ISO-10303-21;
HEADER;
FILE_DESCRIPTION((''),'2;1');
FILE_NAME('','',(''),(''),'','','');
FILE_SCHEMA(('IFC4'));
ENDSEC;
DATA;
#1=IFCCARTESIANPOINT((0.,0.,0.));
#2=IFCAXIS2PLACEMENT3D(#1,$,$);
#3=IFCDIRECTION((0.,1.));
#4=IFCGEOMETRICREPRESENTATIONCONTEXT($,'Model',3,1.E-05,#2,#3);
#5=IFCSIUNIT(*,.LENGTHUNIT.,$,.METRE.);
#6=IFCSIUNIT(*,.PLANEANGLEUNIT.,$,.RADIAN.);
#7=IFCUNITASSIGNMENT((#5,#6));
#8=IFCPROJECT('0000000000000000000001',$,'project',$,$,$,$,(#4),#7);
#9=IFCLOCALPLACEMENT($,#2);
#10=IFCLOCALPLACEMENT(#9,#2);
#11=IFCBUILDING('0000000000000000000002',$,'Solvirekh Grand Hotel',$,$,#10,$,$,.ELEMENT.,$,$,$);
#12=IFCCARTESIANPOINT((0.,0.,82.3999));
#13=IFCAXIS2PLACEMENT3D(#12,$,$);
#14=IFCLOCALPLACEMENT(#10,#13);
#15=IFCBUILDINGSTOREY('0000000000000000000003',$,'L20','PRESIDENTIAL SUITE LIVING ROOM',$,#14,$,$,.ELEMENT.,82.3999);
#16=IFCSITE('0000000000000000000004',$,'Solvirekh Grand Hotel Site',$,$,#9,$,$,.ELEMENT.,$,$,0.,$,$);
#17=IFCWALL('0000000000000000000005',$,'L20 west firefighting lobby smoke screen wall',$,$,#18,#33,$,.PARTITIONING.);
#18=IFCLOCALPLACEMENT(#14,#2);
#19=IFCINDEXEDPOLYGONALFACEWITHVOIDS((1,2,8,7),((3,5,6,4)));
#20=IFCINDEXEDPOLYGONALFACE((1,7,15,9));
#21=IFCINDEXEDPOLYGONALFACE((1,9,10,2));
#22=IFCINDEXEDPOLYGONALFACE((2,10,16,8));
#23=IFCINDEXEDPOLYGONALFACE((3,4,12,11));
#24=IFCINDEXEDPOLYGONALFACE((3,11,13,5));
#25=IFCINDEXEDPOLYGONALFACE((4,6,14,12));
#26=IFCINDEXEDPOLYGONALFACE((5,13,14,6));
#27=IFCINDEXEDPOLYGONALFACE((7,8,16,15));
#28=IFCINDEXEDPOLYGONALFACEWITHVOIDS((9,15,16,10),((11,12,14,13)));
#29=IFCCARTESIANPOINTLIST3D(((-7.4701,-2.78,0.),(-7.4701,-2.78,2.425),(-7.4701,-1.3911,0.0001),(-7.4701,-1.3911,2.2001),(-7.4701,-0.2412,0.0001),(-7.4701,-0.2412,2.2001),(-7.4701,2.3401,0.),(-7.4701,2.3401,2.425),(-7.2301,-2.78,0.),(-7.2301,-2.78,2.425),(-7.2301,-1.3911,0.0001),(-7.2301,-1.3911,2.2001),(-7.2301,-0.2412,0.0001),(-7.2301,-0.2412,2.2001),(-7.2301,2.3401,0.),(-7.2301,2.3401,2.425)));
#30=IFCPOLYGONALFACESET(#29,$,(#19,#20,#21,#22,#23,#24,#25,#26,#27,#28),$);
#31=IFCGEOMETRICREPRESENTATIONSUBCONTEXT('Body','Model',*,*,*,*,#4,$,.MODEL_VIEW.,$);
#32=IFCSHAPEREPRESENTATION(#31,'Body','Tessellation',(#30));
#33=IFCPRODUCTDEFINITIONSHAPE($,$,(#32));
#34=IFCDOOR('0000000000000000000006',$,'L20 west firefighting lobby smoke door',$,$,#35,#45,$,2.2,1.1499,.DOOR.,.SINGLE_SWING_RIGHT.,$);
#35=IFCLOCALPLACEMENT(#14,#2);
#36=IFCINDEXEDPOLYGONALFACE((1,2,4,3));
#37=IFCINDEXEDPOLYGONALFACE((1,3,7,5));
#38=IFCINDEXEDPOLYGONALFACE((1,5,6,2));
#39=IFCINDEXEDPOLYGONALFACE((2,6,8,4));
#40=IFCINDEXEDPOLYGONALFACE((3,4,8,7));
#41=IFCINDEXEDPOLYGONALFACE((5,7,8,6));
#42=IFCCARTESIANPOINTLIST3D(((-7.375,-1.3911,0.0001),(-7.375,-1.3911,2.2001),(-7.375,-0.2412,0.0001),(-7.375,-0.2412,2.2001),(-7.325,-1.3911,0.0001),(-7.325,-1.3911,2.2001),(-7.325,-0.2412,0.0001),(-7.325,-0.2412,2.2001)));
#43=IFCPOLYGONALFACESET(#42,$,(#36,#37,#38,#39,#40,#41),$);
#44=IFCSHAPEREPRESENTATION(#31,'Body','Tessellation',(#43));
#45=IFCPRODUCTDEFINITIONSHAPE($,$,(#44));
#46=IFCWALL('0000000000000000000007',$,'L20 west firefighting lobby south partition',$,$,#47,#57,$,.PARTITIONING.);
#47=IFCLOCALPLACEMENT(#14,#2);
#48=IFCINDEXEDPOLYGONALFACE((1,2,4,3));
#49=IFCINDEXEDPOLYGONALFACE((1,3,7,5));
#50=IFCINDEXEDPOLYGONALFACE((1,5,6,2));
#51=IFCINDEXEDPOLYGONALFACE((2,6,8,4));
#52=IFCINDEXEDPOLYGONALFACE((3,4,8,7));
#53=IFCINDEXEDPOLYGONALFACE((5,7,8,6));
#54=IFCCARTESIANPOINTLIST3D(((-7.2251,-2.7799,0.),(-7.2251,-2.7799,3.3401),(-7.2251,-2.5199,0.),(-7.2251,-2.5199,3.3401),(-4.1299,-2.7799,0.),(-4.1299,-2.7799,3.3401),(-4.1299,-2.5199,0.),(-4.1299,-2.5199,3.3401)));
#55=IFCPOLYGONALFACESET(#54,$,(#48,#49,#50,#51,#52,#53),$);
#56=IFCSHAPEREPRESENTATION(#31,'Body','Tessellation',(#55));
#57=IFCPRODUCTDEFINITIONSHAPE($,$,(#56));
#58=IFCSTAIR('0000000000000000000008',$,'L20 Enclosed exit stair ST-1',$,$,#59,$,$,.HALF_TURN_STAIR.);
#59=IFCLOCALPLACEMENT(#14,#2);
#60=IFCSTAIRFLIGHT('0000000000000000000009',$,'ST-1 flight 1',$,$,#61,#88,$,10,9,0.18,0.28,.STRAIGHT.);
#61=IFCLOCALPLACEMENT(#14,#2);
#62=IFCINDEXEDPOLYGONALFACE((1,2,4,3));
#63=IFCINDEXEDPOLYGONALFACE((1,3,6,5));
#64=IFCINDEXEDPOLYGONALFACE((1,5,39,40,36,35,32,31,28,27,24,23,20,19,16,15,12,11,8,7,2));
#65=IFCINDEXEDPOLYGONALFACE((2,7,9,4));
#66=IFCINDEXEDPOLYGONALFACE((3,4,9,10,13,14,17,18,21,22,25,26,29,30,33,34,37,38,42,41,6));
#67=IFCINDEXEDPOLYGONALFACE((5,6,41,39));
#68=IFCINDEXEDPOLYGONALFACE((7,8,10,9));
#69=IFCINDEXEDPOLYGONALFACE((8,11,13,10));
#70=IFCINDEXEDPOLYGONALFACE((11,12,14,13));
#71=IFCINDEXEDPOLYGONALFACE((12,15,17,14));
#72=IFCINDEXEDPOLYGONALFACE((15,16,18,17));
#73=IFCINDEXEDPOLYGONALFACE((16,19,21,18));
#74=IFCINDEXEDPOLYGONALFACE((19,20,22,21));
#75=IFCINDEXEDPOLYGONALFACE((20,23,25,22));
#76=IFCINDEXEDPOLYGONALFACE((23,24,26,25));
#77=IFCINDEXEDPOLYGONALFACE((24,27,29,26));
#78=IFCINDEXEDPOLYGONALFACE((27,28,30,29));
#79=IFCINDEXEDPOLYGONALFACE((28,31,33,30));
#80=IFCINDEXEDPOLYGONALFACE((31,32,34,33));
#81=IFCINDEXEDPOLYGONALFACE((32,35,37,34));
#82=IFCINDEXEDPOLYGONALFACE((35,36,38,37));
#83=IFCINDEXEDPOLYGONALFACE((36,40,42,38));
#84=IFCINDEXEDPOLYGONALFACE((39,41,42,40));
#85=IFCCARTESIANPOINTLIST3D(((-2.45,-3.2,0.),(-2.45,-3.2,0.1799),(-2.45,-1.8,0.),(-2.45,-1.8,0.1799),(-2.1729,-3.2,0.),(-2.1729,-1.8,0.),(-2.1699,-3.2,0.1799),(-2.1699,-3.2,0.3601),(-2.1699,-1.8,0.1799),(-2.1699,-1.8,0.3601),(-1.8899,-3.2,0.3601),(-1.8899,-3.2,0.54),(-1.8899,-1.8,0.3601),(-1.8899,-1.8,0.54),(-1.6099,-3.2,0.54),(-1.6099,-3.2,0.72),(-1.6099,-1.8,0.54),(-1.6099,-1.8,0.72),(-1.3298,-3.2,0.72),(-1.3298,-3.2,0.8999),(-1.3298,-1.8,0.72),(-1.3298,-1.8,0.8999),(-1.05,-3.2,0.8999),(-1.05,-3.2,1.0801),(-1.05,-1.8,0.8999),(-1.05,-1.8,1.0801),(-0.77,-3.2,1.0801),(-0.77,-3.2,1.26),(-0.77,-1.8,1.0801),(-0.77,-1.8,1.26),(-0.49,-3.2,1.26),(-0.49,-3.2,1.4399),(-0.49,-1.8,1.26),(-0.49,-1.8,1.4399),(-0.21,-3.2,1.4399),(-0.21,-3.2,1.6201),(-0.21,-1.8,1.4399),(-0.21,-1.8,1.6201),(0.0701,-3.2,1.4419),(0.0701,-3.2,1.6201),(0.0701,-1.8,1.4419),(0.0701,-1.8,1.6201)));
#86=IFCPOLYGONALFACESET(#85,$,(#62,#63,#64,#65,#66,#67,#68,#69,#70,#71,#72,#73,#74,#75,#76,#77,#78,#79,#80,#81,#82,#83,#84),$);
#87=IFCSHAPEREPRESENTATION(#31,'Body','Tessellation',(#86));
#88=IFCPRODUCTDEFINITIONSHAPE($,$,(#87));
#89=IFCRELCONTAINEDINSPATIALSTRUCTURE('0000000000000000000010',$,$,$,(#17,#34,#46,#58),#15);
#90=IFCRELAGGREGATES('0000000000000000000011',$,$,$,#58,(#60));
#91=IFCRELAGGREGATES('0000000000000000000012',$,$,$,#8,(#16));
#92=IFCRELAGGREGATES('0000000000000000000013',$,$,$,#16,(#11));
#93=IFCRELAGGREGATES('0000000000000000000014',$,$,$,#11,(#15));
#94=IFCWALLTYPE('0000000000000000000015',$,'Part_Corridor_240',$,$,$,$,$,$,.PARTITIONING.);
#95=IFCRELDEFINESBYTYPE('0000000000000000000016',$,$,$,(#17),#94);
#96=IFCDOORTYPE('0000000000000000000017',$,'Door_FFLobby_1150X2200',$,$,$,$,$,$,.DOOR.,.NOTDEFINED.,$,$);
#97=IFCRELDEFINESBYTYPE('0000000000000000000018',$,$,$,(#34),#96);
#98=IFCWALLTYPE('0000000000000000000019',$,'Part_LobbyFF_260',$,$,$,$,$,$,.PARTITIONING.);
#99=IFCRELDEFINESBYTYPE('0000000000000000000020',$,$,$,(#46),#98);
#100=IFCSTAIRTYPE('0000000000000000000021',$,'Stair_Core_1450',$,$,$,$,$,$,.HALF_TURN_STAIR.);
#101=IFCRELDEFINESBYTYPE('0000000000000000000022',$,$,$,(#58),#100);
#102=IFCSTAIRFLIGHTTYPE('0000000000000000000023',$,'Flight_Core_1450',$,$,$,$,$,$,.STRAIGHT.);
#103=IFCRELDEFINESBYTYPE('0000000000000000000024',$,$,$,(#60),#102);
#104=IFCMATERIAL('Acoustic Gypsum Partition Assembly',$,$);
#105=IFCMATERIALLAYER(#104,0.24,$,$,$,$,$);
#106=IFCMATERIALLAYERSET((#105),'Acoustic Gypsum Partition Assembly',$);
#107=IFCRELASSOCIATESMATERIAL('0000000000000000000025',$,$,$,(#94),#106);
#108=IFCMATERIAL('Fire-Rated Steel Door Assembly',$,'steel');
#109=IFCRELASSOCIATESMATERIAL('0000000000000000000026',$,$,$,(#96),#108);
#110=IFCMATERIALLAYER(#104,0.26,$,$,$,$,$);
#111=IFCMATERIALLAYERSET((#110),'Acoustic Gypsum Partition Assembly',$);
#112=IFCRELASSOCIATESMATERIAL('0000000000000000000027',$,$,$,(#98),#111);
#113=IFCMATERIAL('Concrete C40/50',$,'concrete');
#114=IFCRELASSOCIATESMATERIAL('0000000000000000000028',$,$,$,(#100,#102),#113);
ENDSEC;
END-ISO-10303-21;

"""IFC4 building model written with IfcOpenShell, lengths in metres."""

from ifc_helpers import new_model, si_unit, direction, frame, frame_2d, origin, place, context, subcontext, project, spatial, polyline, rectangle, outline, extrude, material, layer, layer_set, type_object, element, fill, aggregate, save


model = new_model("IFC4")

# Units and contexts
model_context = context("Model", 3, precision=1e-05, world=origin(), true_north=direction((0.0, 1.0)))
body_context = subcontext(model_context, "Body", "Model", "MODEL_VIEW")
ifc_project = project(units=[si_unit("LENGTHUNIT", "METRE"), si_unit("PLANEANGLEUNIT", "RADIAN")], contexts=[model_context])

# Site, building, storey
site_placement = place(None, origin())
site = spatial("IfcSite", under=ifc_project, at=site_placement, Name="Solvirekh Grand Hotel Site", CompositionType="ELEMENT", RefElevation=0.0)
building_placement = place(site_placement, origin())
building = spatial("IfcBuilding", under=site, at=building_placement, Name="Solvirekh Grand Hotel", CompositionType="ELEMENT")
storey_placement = place(building_placement, frame((0.0, 0.0, 82.3999)))
storey = spatial("IfcBuildingStorey", under=building, at=storey_placement, Name="L20", Description="PRESIDENTIAL SUITE LIVING ROOM", CompositionType="ELEMENT", Elevation=82.3999)

# Shared definitions
ifc_material_1 = material(Name="Concrete C40/50", Category="concrete")

# Shared definitions
ifc_material_2 = material(Name="Fire-Rated Steel Door Assembly", Category="steel")

# Shared definitions
ifc_material_3 = material(Name="Acoustic Gypsum Partition Assembly")

# Wall, opening, door
ifc_layer_1 = layer(ifc_material_3, 0.24)
ifc_layer_set_1 = layer_set([ifc_layer_1], Name="Acoustic Gypsum Partition Assembly")
wall_type_1 = type_object("IfcWallType", Name="Part_Corridor_240", PredefinedType="PARTITIONING", material=ifc_layer_set_1)
wall_1_placement = place(storey_placement, frame((-7.3501, -2.78, 0.0), z_axis=(0.0, 0.0, 1.0), x_axis=(0.0, 1.0, 0.0)))
wall_1 = element("IfcWall", 1, at=wall_1_placement, inside=storey, type_object=wall_type_1, Name="L20 west firefighting lobby smoke screen wall", PredefinedType="PARTITIONING", context=body_context, shape_type="SweptSolid", body=[
    extrude(rectangle(XDim=5.1201, YDim=0.24, at=frame_2d((2.5601, 0.0))), origin(), (0.0, 0.0, 1.0), 2.425),
])
opening_1_placement = place(wall_1_placement, frame((1.3889, 0.0, 0.0)))
opening_1 = element("IfcOpeningElement", 2, at=opening_1_placement, cuts=wall_1, PredefinedType="OPENING", context=body_context, shape_type="SweptSolid", body=[
    extrude(rectangle(XDim=1.1499, YDim=2.2, at=frame_2d((0.575, 1.1001))), frame((0.0, 0.1299, 0.0), z_axis=(0.0, -1.0, 0.0), x_axis=(1.0, 0.0, 0.0)), (0.0, 0.0, 1.0), 0.26),
])
door_type_1 = type_object("IfcDoorType", Name="Door_FFLobby_1150X2200", OperationType="NOTDEFINED", PredefinedType="DOOR", material=ifc_material_2)
door_1_placement = place(opening_1_placement, origin())
door_1 = element("IfcDoor", 3, at=door_1_placement, inside=storey, type_object=door_type_1, Name="L20 west firefighting lobby smoke door", OperationType="SINGLE_SWING_RIGHT", OverallHeight=2.2, OverallWidth=1.1499, PredefinedType="DOOR", context=body_context, shape_type="SweptSolid", body=[
    extrude(rectangle(XDim=1.1499, YDim=2.2, at=frame_2d((0.575, 1.1001))), frame((0.0, 0.0249, 0.0), z_axis=(0.0, -1.0, 0.0), x_axis=(1.0, 0.0, 0.0)), (0.0, 0.0, 1.0), 0.05),
])
fill(opening_1, door_1)

# Wall
ifc_layer_2 = layer(ifc_material_3, 0.26)
ifc_layer_set_2 = layer_set([ifc_layer_2], Name="Acoustic Gypsum Partition Assembly")
wall_type_2 = type_object("IfcWallType", Name="Part_LobbyFF_260", PredefinedType="PARTITIONING", material=ifc_layer_set_2)
wall_2_placement = place(storey_placement, frame((-7.2251, -2.6499, 0.0), z_axis=(0.0, 0.0, 1.0), x_axis=(1.0, 0.0, 0.0)))
element("IfcWall", 4, at=wall_2_placement, inside=storey, type_object=wall_type_2, Name="L20 west firefighting lobby south partition", PredefinedType="PARTITIONING", context=body_context, shape_type="SweptSolid", body=[
    extrude(rectangle(XDim=3.0952, YDim=0.26, at=frame_2d((1.5476, 0.0))), origin(), (0.0, 0.0, 1.0), 3.3401),
])

# Stair, stair flight
stair_type = type_object("IfcStairType", Name="Stair_Core_1450", PredefinedType="HALF_TURN_STAIR", material=ifc_material_1)
stair_placement = place(storey_placement, origin())
stair = element("IfcStair", 5, at=stair_placement, inside=storey, type_object=stair_type, Name="L20 Enclosed exit stair ST-1", PredefinedType="HALF_TURN_STAIR")
stair_flight_type = type_object("IfcStairFlightType", Name="Flight_Core_1450", PredefinedType="STRAIGHT", material=ifc_material_1)
stair_flight_placement = place(storey_placement, frame((-2.45, -2.5, 0.0), z_axis=(0.0, 0.0, 1.0), x_axis=(1.0, 0.0, 0.0)))
stair_flight = element("IfcStairFlight", 6, at=stair_flight_placement, type_object=stair_flight_type, Name="ST-1 flight 1", NumberOfRisers=10, NumberOfTreads=9, PredefinedType="STRAIGHT", RiserHeight=0.18, TreadLength=0.28, context=body_context, shape_type="SweptSolid", body=[
    extrude(outline(polyline([(0.0, 0.0), (0.0, 0.1799), (0.28, 0.1799), (0.28, 0.3601), (0.5601, 0.3601), (0.5601, 0.54), (0.8401, 0.54), (0.8401, 0.72), (1.1201, 0.72), (1.1201, 0.8999), (1.3999, 0.8999), (1.3999, 1.0801), (1.6799, 1.0801), (1.6799, 1.26), (1.96, 1.26), (1.96, 1.4399), (2.24, 1.4399), (2.24, 1.6201), (2.52, 1.6201), (2.52, 1.8), (2.52, 1.4419), (0.2771, 0.0), (0.0, 0.0)])), frame((0.0, 0.7, 0.0), z_axis=(0.0, -1.0, 0.0), x_axis=(1.0, 0.0, 0.0)), (0.0, 0.0, 1.0), 1.3999),
])
aggregate(stair, [stair_flight])

save(model, "model.ifc")
